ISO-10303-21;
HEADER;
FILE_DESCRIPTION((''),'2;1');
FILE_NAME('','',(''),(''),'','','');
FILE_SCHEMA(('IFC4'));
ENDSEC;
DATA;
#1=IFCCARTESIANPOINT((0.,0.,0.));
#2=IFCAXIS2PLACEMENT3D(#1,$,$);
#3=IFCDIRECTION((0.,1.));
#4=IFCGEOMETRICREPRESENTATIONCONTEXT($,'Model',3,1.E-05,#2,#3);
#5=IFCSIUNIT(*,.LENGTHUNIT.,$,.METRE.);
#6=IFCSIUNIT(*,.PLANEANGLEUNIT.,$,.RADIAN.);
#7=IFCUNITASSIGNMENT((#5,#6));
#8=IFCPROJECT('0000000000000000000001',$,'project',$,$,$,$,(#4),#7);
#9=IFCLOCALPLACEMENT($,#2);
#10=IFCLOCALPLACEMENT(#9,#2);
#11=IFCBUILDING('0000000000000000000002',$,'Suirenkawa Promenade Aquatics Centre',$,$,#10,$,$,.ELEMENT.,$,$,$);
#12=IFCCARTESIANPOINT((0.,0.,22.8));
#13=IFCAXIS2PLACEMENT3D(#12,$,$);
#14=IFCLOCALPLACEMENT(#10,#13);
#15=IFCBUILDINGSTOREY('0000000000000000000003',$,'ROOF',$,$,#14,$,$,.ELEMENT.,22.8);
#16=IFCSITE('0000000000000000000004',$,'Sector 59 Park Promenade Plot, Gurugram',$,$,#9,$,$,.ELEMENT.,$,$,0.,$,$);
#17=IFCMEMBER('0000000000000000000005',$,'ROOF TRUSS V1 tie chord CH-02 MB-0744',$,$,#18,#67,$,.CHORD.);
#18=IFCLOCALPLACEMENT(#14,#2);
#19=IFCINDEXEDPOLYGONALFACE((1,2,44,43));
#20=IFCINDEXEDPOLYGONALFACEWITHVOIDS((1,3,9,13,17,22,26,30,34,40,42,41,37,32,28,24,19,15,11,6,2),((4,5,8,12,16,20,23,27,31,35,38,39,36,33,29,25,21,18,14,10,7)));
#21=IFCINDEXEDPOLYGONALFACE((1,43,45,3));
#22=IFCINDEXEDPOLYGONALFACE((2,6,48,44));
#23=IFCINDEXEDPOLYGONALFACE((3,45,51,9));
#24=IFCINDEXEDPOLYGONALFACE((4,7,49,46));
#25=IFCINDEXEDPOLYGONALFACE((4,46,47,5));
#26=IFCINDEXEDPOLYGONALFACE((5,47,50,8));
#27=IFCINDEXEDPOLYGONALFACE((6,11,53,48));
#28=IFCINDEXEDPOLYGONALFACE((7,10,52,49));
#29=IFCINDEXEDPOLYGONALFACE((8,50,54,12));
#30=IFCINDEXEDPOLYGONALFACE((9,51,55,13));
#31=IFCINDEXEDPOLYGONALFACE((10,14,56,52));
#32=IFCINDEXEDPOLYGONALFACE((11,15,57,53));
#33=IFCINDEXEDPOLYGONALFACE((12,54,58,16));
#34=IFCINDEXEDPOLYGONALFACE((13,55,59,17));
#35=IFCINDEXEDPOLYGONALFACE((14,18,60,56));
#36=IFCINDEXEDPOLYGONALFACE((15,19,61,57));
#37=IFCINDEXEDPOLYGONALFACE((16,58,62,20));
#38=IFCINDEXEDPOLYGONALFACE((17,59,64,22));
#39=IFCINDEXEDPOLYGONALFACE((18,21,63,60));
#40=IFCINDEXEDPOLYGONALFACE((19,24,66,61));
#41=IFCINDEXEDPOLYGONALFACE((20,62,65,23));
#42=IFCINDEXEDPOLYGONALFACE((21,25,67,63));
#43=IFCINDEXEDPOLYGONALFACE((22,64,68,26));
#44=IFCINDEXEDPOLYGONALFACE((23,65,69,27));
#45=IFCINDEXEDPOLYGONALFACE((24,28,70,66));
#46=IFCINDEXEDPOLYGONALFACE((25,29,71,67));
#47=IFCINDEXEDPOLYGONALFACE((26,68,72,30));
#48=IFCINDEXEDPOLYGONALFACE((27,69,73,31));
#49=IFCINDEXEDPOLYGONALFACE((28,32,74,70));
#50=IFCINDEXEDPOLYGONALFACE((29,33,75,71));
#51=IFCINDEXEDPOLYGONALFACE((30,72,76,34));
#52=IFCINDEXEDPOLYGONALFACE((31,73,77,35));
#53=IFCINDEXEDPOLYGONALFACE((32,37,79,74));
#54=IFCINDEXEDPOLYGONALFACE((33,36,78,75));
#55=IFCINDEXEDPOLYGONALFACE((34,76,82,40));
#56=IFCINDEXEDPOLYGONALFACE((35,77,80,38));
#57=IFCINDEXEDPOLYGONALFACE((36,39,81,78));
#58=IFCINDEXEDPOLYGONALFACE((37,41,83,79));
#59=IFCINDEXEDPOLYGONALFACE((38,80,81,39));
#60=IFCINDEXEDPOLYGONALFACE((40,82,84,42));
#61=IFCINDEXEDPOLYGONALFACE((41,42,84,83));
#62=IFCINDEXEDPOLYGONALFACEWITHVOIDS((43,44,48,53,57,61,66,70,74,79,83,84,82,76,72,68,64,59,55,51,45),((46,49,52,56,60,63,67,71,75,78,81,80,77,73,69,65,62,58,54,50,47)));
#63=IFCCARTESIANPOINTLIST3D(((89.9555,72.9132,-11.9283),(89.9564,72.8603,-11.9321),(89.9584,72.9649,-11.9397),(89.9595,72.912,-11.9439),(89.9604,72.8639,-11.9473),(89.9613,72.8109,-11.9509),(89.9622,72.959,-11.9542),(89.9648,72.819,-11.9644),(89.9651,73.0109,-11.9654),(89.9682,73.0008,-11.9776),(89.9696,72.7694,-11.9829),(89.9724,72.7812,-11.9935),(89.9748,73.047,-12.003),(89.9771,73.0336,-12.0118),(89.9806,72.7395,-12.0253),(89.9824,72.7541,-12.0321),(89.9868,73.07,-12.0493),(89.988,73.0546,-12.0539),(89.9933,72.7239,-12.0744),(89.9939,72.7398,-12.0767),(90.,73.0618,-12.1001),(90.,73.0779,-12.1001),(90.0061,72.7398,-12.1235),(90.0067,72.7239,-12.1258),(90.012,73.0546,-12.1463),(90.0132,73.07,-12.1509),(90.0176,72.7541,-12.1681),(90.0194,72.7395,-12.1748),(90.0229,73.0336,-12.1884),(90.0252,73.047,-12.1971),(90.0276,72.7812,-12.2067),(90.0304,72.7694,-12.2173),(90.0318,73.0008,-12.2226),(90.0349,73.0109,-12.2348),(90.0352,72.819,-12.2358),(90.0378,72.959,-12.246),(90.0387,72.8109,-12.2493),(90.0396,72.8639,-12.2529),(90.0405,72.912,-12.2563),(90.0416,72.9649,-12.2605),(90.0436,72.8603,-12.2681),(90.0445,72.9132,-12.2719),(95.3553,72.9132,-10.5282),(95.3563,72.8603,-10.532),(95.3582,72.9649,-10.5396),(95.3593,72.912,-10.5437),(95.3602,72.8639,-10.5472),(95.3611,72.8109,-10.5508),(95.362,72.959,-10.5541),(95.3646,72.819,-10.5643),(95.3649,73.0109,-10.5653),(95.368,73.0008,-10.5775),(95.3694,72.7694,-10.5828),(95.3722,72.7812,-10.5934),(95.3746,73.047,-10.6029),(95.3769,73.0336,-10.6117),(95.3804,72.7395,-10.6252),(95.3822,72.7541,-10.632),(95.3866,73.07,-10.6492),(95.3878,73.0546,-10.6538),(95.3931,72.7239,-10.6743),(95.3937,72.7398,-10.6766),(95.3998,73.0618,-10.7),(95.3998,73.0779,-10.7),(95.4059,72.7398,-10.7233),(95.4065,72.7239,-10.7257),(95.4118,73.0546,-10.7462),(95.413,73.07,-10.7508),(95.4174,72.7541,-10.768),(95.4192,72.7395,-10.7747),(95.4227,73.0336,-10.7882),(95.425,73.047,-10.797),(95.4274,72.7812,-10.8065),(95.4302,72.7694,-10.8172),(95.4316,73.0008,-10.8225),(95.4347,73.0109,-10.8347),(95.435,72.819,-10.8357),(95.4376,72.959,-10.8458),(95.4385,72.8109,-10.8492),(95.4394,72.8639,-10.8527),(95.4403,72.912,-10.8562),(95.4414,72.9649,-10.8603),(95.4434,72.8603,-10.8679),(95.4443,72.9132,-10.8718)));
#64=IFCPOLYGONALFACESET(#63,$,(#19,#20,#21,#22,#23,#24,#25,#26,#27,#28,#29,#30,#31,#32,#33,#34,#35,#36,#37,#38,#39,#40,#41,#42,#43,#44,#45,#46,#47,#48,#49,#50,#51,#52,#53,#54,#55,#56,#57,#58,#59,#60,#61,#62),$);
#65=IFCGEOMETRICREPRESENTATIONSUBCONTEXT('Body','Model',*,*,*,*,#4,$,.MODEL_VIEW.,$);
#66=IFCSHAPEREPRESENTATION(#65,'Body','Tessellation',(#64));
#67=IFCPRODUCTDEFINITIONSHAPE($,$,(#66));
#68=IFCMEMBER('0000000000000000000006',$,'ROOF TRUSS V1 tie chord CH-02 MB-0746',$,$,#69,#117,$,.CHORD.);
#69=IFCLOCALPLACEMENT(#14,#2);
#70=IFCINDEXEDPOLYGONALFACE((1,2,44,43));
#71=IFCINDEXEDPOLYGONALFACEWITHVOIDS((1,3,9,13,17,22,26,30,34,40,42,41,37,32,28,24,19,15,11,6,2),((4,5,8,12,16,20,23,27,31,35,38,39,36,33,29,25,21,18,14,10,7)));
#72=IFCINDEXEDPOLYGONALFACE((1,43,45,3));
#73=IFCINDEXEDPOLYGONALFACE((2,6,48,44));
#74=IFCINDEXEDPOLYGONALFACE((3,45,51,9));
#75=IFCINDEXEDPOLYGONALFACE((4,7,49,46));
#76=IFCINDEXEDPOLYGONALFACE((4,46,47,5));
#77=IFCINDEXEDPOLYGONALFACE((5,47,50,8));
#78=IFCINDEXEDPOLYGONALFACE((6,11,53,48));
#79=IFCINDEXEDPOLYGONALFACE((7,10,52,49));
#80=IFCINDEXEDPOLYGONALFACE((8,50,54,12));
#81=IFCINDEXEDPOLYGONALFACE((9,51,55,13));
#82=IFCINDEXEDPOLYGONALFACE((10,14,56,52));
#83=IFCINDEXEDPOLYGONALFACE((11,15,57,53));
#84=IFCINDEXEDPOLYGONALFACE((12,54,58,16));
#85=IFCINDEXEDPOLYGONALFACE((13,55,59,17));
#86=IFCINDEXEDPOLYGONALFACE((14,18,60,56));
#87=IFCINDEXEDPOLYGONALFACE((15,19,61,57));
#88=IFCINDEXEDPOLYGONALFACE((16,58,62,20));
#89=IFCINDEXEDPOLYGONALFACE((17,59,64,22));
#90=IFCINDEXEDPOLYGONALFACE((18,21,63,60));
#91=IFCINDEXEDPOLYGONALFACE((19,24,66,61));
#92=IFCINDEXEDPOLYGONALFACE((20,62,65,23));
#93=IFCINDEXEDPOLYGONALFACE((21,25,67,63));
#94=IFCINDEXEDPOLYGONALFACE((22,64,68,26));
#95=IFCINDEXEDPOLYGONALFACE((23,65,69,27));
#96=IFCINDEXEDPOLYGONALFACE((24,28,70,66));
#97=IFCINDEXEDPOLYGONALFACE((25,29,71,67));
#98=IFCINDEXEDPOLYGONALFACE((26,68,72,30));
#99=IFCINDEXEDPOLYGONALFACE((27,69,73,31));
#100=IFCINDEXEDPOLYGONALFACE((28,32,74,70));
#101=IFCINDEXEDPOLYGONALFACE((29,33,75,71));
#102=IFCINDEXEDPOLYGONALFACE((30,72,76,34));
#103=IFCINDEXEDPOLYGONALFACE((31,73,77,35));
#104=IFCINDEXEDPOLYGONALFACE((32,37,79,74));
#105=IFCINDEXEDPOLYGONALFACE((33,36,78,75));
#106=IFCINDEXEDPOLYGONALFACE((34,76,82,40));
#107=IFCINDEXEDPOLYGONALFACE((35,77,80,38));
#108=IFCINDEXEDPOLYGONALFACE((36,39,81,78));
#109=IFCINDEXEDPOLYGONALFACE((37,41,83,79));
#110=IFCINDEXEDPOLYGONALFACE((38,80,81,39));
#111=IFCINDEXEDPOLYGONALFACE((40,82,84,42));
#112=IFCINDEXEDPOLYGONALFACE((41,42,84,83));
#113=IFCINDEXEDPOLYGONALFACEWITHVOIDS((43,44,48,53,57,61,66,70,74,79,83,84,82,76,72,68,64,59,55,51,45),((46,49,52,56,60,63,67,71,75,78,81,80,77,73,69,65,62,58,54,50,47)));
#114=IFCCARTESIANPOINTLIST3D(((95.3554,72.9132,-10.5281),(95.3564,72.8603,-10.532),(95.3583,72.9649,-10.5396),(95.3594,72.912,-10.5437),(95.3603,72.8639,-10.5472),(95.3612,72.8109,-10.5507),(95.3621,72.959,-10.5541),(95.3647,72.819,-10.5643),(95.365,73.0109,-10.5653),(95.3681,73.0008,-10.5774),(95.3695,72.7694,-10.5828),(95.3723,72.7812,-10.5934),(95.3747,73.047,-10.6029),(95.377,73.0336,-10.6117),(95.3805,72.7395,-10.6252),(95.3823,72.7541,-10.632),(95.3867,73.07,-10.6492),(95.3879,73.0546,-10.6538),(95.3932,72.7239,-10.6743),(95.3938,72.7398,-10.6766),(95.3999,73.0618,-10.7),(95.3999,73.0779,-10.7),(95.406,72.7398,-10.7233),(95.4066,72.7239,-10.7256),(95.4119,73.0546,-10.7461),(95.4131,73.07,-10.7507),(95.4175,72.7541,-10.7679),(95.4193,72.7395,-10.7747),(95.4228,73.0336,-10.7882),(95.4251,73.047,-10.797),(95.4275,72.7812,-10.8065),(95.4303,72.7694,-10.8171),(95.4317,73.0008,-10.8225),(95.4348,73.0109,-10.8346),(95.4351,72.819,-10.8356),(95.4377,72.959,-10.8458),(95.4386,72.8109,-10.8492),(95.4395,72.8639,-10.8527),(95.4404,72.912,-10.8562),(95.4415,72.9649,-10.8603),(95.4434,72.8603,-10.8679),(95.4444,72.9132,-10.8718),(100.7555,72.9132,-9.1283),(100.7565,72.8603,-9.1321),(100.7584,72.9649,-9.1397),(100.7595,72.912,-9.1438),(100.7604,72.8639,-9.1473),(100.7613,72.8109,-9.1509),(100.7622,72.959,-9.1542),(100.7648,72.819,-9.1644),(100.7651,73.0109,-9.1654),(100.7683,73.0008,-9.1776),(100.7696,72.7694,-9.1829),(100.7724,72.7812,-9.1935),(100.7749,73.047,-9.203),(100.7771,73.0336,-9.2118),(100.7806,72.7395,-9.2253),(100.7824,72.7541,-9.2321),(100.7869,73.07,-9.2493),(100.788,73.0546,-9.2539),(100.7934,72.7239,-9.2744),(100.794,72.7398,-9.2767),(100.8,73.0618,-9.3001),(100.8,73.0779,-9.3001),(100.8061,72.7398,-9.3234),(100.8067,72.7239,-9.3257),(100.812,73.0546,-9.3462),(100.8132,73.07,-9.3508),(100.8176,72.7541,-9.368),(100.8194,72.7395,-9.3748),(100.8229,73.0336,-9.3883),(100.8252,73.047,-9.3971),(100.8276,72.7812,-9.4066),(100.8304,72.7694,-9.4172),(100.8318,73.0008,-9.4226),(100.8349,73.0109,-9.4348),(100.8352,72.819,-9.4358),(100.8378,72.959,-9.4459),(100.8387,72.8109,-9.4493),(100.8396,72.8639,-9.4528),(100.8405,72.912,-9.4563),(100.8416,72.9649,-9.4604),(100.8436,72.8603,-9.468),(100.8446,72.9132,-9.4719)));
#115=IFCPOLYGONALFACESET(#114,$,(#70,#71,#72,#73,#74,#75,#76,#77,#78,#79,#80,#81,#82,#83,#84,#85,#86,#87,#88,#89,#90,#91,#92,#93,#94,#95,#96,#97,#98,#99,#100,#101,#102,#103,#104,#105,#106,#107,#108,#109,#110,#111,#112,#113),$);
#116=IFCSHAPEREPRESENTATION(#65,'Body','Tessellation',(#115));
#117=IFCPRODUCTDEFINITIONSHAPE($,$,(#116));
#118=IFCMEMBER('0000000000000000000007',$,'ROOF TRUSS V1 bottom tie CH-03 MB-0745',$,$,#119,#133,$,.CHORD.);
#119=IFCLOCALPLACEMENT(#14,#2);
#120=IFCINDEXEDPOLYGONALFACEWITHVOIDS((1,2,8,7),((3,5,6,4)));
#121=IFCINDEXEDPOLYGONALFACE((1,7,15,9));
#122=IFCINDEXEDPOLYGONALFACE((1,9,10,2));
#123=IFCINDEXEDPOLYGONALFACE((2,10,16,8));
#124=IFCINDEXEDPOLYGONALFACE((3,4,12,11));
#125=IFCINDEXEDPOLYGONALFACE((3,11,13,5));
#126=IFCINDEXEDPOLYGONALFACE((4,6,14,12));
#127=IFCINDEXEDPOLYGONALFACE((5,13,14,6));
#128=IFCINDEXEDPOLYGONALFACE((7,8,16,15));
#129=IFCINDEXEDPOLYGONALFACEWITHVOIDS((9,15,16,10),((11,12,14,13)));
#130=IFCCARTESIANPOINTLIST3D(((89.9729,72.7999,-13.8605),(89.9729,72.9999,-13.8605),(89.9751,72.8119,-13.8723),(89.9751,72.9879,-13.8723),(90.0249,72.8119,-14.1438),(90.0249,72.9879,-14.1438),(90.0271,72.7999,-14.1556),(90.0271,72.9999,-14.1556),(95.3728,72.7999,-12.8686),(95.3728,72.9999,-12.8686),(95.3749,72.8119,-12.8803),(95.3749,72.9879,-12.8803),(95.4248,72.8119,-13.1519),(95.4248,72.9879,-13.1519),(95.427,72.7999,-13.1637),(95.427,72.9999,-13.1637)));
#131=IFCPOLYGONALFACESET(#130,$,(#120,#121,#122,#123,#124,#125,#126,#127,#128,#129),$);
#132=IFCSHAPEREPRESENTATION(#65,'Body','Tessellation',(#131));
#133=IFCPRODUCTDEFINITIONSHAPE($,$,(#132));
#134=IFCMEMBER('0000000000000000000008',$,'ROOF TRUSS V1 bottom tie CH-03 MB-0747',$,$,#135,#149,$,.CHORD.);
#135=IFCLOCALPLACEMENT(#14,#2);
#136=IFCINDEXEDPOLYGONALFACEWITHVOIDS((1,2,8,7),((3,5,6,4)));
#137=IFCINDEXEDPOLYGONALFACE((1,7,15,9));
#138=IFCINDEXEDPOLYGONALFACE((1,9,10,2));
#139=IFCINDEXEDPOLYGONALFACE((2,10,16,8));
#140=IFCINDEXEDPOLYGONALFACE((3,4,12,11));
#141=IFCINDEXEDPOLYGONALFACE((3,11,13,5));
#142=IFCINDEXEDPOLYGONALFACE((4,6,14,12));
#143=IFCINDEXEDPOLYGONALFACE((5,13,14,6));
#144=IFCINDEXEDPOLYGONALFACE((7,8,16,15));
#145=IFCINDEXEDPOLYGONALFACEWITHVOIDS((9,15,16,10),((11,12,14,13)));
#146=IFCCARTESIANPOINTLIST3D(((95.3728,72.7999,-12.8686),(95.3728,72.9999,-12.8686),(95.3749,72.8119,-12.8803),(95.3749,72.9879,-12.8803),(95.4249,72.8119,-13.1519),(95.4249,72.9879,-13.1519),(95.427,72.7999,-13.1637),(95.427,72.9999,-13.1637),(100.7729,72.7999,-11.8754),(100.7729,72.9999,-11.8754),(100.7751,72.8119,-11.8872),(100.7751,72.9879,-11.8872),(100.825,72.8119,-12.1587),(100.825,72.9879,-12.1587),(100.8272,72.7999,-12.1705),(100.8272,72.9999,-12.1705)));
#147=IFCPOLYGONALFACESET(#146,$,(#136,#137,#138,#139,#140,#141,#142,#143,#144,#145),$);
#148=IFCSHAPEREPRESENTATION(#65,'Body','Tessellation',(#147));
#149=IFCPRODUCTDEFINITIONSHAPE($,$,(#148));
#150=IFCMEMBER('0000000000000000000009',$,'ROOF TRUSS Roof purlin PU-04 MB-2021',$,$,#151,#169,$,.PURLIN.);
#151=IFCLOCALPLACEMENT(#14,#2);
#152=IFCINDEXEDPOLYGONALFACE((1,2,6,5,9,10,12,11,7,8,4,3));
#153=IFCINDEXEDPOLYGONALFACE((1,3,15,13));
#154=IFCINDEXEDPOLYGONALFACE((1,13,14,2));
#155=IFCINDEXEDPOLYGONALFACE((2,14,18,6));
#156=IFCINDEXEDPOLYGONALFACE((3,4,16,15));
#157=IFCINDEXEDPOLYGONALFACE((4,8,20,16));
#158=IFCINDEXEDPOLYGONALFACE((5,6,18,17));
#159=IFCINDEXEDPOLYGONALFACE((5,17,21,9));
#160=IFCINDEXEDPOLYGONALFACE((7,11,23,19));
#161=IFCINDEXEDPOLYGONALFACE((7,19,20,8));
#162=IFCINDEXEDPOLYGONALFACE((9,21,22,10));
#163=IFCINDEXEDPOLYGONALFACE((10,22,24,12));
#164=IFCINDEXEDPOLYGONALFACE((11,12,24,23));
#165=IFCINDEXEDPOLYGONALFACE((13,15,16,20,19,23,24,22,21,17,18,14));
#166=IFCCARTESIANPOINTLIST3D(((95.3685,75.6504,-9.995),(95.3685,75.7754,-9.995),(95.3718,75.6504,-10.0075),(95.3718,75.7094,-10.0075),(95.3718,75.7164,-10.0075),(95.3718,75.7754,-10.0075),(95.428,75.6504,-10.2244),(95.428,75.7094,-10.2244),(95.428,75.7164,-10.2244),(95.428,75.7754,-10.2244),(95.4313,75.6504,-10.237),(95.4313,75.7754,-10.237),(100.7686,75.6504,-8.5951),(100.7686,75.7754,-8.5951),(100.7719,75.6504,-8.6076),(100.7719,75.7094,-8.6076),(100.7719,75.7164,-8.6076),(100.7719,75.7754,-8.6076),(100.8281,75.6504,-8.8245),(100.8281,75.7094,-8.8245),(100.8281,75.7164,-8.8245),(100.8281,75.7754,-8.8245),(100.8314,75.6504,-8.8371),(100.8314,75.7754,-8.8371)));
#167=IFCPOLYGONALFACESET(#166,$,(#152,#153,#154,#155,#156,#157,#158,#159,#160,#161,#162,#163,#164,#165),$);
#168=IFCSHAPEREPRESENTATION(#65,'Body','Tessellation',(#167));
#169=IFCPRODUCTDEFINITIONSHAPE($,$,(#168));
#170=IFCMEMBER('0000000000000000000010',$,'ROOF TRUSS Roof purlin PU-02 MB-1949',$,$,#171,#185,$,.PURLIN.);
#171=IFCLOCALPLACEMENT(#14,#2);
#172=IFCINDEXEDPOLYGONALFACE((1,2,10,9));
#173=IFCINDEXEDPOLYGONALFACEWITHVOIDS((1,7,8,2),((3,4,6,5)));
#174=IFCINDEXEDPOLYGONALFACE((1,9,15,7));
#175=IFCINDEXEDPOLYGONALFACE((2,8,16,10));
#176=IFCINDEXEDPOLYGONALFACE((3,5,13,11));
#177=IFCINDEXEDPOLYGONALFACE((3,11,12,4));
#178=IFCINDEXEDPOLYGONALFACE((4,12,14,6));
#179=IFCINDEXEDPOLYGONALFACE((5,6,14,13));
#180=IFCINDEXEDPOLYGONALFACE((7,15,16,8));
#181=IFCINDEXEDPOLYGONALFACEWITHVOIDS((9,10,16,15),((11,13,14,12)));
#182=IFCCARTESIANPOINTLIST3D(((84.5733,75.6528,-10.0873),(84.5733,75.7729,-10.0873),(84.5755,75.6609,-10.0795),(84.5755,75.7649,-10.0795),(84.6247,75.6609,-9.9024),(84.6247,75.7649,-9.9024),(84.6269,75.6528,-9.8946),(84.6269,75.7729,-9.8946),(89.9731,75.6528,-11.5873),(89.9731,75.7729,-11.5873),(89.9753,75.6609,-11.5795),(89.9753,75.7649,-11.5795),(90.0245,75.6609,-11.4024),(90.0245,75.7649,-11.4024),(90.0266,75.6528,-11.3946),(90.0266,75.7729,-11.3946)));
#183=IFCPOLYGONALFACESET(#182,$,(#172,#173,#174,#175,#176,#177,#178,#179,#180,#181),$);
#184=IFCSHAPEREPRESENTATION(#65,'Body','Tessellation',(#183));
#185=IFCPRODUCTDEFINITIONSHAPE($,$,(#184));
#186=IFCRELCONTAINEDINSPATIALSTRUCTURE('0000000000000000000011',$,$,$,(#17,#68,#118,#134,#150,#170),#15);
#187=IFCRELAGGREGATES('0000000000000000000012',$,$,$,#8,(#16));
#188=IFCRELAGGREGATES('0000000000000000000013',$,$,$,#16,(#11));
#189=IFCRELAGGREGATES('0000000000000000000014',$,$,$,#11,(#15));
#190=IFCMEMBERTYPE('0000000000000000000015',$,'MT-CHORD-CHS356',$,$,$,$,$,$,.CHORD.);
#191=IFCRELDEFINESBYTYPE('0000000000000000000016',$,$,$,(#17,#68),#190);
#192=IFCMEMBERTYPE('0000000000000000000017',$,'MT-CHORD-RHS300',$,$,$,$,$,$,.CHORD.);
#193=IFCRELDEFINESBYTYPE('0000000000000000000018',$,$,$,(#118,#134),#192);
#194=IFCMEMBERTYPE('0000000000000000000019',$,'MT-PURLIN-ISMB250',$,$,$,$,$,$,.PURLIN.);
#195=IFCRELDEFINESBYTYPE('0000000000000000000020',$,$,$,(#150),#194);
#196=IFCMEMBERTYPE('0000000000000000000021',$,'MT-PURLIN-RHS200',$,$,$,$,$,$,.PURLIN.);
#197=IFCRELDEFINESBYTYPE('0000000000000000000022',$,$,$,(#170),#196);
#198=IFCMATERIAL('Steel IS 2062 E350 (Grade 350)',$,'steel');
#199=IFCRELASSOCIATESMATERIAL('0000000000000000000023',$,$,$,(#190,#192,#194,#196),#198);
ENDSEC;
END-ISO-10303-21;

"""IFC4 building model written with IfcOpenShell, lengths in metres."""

from ifc_helpers import new_model, si_unit, direction, frame, origin, origin_2d, place, context, subcontext, project, spatial, hollow_rectangle, hollow_circle, i_section, extrude, material, material_profile, profile_set, type_object, element, save


model = new_model("IFC4")

# Units and contexts
model_context = context("Model", 3, precision=1e-05, world=origin(), true_north=direction((0.0, 1.0)))
body_context = subcontext(model_context, "Body", "Model", "MODEL_VIEW")
ifc_project = project(units=[si_unit("LENGTHUNIT", "METRE"), si_unit("PLANEANGLEUNIT", "RADIAN")], contexts=[model_context])

# Site, building, storey
site_placement = place(None, origin())
site = spatial("IfcSite", under=ifc_project, at=site_placement, Name="Sector 59 Park Promenade Plot, Gurugram", CompositionType="ELEMENT", RefElevation=0.0)
building_placement = place(site_placement, origin())
building = spatial("IfcBuilding", under=site, at=building_placement, Name="Suirenkawa Promenade Aquatics Centre", CompositionType="ELEMENT")
storey_placement = place(building_placement, frame((0.0, 0.0, 22.8)))
storey = spatial("IfcBuildingStorey", under=building, at=storey_placement, Name="ROOF", CompositionType="ELEMENT", Elevation=22.8)

# Shared definitions
ifc_material = material(Name="Steel IS 2062 E350 (Grade 350)", Category="steel")

# Members
ifc_material_profile_1 = material_profile(ifc_material, hollow_circle(Radius=0.178, WallThickness=0.0161, at=origin_2d()), Name="CHS 356x16", Category="steel")
ifc_profile_set_1 = profile_set([ifc_material_profile_1], Name="Steel IS 2062 E350 (Grade 350)")
member_type_1 = type_object("IfcMemberType", Name="MT-CHORD-CHS356", PredefinedType="CHORD", material=ifc_profile_set_1)
member_1_placement = place(storey_placement, frame((90.0, 72.8999, -12.1001), z_axis=(0.967989, 0.0, 0.250991), x_axis=(0.0, 1.0, 0.0)))
element("IfcMember", 1, at=member_1_placement, inside=storey, type_object=member_type_1, Name="ROOF TRUSS V1 tie chord CH-02 MB-0744", PredefinedType="CHORD", context=body_context, shape_type="SweptSolid", body=[
    extrude(hollow_circle(Radius=0.178, WallThickness=0.0161, at=origin_2d()), origin(), (0.0, 0.0, 1.0), 5.5784),
])
member_2_placement = place(storey_placement, frame((95.3999, 72.8999, -10.7), z_axis=(0.968003, 0.0, 0.250939), x_axis=(0.0, 1.0, 0.0)))
element("IfcMember", 2, at=member_2_placement, inside=storey, type_object=member_type_1, Name="ROOF TRUSS V1 tie chord CH-02 MB-0746", PredefinedType="CHORD", context=body_context, shape_type="SweptSolid", body=[
    extrude(hollow_circle(Radius=0.178, WallThickness=0.0161, at=origin_2d()), origin(), (0.0, 0.0, 1.0), 5.5786),
])
ifc_material_profile_2 = material_profile(ifc_material, hollow_rectangle(XDim=0.2, YDim=0.3, WallThickness=0.012, at=origin_2d()), Name="RHS 300x200x12", Category="steel")
ifc_profile_set_2 = profile_set([ifc_material_profile_2], Name="Steel IS 2062 E350 (Grade 350)")
member_type_2 = type_object("IfcMemberType", Name="MT-CHORD-RHS300", PredefinedType="CHORD", material=ifc_profile_set_2)
member_3_placement = place(storey_placement, frame((90.0, 72.8999, -14.0081), z_axis=(0.983543, 0.0, 0.180673), x_axis=(0.0, 1.0, 0.0)))
element("IfcMember", 3, at=member_3_placement, inside=storey, type_object=member_type_2, Name="ROOF TRUSS V1 bottom tie CH-03 MB-0745", PredefinedType="CHORD", context=body_context, shape_type="SweptSolid", body=[
    extrude(hollow_rectangle(XDim=0.2, YDim=0.3, WallThickness=0.012, at=origin_2d()), origin(), (0.0, 0.0, 1.0), 5.4902),
])
member_4_placement = place(storey_placement, frame((95.3999, 72.8999, -13.0161), z_axis=(0.983505, 0.0, 0.180881), x_axis=(0.0, 1.0, 0.0)))
element("IfcMember", 4, at=member_4_placement, inside=storey, type_object=member_type_2, Name="ROOF TRUSS V1 bottom tie CH-03 MB-0747", PredefinedType="CHORD", context=body_context, shape_type="SweptSolid", body=[
    extrude(hollow_rectangle(XDim=0.2, YDim=0.3, WallThickness=0.012, at=origin_2d()), origin(), (0.0, 0.0, 1.0), 5.4907),
])
ifc_material_profile_3 = material_profile(ifc_material, i_section(OverallWidth=0.125, OverallDepth=0.25, WebThickness=0.0071, FlangeThickness=0.0129, at=origin_2d()), Name="ISMB 250", Category="steel")
ifc_profile_set_3 = profile_set([ifc_material_profile_3], Name="Steel IS 2062 E350 (Grade 350)")
member_type_3 = type_object("IfcMemberType", Name="MT-PURLIN-ISMB250", PredefinedType="PURLIN", material=ifc_profile_set_3)
member_5_placement = place(storey_placement, frame((95.3999, 75.7129, -10.116), z_axis=(0.968003, 0.0, 0.250939), x_axis=(0.0, 1.0, 0.0)))
element("IfcMember", 5, at=member_5_placement, inside=storey, type_object=member_type_3, Name="ROOF TRUSS Roof purlin PU-04 MB-2021", PredefinedType="PURLIN", context=body_context, shape_type="SweptSolid", body=[
    extrude(i_section(OverallWidth=0.125, OverallDepth=0.25, WebThickness=0.0071, FlangeThickness=0.0129, at=origin_2d()), origin(), (0.0, 0.0, 1.0), 5.5786),
])
ifc_material_profile_4 = material_profile(ifc_material, hollow_rectangle(XDim=0.1201, YDim=0.2, WallThickness=0.0081, at=origin_2d()), Name="RHS 200x120x8", Category="steel")
ifc_profile_set_4 = profile_set([ifc_material_profile_4], Name="Steel IS 2062 E350 (Grade 350)")
member_type_4 = type_object("IfcMemberType", Name="MT-PURLIN-RHS200", PredefinedType="PURLIN", material=ifc_profile_set_4)
member_6_placement = place(storey_placement, frame((84.6001, 75.7129, -9.991), z_axis=(0.963517, 0.0, -0.267648), x_axis=(0.0, 1.0, 0.0)))
element("IfcMember", 6, at=member_6_placement, inside=storey, type_object=member_type_4, Name="ROOF TRUSS Roof purlin PU-02 MB-1949", PredefinedType="PURLIN", context=body_context, shape_type="SweptSolid", body=[
    extrude(hollow_rectangle(XDim=0.1201, YDim=0.2, WallThickness=0.0081, at=origin_2d()), origin(), (0.0, 0.0, 1.0), 5.6042),
])

save(model, "model.ifc")
